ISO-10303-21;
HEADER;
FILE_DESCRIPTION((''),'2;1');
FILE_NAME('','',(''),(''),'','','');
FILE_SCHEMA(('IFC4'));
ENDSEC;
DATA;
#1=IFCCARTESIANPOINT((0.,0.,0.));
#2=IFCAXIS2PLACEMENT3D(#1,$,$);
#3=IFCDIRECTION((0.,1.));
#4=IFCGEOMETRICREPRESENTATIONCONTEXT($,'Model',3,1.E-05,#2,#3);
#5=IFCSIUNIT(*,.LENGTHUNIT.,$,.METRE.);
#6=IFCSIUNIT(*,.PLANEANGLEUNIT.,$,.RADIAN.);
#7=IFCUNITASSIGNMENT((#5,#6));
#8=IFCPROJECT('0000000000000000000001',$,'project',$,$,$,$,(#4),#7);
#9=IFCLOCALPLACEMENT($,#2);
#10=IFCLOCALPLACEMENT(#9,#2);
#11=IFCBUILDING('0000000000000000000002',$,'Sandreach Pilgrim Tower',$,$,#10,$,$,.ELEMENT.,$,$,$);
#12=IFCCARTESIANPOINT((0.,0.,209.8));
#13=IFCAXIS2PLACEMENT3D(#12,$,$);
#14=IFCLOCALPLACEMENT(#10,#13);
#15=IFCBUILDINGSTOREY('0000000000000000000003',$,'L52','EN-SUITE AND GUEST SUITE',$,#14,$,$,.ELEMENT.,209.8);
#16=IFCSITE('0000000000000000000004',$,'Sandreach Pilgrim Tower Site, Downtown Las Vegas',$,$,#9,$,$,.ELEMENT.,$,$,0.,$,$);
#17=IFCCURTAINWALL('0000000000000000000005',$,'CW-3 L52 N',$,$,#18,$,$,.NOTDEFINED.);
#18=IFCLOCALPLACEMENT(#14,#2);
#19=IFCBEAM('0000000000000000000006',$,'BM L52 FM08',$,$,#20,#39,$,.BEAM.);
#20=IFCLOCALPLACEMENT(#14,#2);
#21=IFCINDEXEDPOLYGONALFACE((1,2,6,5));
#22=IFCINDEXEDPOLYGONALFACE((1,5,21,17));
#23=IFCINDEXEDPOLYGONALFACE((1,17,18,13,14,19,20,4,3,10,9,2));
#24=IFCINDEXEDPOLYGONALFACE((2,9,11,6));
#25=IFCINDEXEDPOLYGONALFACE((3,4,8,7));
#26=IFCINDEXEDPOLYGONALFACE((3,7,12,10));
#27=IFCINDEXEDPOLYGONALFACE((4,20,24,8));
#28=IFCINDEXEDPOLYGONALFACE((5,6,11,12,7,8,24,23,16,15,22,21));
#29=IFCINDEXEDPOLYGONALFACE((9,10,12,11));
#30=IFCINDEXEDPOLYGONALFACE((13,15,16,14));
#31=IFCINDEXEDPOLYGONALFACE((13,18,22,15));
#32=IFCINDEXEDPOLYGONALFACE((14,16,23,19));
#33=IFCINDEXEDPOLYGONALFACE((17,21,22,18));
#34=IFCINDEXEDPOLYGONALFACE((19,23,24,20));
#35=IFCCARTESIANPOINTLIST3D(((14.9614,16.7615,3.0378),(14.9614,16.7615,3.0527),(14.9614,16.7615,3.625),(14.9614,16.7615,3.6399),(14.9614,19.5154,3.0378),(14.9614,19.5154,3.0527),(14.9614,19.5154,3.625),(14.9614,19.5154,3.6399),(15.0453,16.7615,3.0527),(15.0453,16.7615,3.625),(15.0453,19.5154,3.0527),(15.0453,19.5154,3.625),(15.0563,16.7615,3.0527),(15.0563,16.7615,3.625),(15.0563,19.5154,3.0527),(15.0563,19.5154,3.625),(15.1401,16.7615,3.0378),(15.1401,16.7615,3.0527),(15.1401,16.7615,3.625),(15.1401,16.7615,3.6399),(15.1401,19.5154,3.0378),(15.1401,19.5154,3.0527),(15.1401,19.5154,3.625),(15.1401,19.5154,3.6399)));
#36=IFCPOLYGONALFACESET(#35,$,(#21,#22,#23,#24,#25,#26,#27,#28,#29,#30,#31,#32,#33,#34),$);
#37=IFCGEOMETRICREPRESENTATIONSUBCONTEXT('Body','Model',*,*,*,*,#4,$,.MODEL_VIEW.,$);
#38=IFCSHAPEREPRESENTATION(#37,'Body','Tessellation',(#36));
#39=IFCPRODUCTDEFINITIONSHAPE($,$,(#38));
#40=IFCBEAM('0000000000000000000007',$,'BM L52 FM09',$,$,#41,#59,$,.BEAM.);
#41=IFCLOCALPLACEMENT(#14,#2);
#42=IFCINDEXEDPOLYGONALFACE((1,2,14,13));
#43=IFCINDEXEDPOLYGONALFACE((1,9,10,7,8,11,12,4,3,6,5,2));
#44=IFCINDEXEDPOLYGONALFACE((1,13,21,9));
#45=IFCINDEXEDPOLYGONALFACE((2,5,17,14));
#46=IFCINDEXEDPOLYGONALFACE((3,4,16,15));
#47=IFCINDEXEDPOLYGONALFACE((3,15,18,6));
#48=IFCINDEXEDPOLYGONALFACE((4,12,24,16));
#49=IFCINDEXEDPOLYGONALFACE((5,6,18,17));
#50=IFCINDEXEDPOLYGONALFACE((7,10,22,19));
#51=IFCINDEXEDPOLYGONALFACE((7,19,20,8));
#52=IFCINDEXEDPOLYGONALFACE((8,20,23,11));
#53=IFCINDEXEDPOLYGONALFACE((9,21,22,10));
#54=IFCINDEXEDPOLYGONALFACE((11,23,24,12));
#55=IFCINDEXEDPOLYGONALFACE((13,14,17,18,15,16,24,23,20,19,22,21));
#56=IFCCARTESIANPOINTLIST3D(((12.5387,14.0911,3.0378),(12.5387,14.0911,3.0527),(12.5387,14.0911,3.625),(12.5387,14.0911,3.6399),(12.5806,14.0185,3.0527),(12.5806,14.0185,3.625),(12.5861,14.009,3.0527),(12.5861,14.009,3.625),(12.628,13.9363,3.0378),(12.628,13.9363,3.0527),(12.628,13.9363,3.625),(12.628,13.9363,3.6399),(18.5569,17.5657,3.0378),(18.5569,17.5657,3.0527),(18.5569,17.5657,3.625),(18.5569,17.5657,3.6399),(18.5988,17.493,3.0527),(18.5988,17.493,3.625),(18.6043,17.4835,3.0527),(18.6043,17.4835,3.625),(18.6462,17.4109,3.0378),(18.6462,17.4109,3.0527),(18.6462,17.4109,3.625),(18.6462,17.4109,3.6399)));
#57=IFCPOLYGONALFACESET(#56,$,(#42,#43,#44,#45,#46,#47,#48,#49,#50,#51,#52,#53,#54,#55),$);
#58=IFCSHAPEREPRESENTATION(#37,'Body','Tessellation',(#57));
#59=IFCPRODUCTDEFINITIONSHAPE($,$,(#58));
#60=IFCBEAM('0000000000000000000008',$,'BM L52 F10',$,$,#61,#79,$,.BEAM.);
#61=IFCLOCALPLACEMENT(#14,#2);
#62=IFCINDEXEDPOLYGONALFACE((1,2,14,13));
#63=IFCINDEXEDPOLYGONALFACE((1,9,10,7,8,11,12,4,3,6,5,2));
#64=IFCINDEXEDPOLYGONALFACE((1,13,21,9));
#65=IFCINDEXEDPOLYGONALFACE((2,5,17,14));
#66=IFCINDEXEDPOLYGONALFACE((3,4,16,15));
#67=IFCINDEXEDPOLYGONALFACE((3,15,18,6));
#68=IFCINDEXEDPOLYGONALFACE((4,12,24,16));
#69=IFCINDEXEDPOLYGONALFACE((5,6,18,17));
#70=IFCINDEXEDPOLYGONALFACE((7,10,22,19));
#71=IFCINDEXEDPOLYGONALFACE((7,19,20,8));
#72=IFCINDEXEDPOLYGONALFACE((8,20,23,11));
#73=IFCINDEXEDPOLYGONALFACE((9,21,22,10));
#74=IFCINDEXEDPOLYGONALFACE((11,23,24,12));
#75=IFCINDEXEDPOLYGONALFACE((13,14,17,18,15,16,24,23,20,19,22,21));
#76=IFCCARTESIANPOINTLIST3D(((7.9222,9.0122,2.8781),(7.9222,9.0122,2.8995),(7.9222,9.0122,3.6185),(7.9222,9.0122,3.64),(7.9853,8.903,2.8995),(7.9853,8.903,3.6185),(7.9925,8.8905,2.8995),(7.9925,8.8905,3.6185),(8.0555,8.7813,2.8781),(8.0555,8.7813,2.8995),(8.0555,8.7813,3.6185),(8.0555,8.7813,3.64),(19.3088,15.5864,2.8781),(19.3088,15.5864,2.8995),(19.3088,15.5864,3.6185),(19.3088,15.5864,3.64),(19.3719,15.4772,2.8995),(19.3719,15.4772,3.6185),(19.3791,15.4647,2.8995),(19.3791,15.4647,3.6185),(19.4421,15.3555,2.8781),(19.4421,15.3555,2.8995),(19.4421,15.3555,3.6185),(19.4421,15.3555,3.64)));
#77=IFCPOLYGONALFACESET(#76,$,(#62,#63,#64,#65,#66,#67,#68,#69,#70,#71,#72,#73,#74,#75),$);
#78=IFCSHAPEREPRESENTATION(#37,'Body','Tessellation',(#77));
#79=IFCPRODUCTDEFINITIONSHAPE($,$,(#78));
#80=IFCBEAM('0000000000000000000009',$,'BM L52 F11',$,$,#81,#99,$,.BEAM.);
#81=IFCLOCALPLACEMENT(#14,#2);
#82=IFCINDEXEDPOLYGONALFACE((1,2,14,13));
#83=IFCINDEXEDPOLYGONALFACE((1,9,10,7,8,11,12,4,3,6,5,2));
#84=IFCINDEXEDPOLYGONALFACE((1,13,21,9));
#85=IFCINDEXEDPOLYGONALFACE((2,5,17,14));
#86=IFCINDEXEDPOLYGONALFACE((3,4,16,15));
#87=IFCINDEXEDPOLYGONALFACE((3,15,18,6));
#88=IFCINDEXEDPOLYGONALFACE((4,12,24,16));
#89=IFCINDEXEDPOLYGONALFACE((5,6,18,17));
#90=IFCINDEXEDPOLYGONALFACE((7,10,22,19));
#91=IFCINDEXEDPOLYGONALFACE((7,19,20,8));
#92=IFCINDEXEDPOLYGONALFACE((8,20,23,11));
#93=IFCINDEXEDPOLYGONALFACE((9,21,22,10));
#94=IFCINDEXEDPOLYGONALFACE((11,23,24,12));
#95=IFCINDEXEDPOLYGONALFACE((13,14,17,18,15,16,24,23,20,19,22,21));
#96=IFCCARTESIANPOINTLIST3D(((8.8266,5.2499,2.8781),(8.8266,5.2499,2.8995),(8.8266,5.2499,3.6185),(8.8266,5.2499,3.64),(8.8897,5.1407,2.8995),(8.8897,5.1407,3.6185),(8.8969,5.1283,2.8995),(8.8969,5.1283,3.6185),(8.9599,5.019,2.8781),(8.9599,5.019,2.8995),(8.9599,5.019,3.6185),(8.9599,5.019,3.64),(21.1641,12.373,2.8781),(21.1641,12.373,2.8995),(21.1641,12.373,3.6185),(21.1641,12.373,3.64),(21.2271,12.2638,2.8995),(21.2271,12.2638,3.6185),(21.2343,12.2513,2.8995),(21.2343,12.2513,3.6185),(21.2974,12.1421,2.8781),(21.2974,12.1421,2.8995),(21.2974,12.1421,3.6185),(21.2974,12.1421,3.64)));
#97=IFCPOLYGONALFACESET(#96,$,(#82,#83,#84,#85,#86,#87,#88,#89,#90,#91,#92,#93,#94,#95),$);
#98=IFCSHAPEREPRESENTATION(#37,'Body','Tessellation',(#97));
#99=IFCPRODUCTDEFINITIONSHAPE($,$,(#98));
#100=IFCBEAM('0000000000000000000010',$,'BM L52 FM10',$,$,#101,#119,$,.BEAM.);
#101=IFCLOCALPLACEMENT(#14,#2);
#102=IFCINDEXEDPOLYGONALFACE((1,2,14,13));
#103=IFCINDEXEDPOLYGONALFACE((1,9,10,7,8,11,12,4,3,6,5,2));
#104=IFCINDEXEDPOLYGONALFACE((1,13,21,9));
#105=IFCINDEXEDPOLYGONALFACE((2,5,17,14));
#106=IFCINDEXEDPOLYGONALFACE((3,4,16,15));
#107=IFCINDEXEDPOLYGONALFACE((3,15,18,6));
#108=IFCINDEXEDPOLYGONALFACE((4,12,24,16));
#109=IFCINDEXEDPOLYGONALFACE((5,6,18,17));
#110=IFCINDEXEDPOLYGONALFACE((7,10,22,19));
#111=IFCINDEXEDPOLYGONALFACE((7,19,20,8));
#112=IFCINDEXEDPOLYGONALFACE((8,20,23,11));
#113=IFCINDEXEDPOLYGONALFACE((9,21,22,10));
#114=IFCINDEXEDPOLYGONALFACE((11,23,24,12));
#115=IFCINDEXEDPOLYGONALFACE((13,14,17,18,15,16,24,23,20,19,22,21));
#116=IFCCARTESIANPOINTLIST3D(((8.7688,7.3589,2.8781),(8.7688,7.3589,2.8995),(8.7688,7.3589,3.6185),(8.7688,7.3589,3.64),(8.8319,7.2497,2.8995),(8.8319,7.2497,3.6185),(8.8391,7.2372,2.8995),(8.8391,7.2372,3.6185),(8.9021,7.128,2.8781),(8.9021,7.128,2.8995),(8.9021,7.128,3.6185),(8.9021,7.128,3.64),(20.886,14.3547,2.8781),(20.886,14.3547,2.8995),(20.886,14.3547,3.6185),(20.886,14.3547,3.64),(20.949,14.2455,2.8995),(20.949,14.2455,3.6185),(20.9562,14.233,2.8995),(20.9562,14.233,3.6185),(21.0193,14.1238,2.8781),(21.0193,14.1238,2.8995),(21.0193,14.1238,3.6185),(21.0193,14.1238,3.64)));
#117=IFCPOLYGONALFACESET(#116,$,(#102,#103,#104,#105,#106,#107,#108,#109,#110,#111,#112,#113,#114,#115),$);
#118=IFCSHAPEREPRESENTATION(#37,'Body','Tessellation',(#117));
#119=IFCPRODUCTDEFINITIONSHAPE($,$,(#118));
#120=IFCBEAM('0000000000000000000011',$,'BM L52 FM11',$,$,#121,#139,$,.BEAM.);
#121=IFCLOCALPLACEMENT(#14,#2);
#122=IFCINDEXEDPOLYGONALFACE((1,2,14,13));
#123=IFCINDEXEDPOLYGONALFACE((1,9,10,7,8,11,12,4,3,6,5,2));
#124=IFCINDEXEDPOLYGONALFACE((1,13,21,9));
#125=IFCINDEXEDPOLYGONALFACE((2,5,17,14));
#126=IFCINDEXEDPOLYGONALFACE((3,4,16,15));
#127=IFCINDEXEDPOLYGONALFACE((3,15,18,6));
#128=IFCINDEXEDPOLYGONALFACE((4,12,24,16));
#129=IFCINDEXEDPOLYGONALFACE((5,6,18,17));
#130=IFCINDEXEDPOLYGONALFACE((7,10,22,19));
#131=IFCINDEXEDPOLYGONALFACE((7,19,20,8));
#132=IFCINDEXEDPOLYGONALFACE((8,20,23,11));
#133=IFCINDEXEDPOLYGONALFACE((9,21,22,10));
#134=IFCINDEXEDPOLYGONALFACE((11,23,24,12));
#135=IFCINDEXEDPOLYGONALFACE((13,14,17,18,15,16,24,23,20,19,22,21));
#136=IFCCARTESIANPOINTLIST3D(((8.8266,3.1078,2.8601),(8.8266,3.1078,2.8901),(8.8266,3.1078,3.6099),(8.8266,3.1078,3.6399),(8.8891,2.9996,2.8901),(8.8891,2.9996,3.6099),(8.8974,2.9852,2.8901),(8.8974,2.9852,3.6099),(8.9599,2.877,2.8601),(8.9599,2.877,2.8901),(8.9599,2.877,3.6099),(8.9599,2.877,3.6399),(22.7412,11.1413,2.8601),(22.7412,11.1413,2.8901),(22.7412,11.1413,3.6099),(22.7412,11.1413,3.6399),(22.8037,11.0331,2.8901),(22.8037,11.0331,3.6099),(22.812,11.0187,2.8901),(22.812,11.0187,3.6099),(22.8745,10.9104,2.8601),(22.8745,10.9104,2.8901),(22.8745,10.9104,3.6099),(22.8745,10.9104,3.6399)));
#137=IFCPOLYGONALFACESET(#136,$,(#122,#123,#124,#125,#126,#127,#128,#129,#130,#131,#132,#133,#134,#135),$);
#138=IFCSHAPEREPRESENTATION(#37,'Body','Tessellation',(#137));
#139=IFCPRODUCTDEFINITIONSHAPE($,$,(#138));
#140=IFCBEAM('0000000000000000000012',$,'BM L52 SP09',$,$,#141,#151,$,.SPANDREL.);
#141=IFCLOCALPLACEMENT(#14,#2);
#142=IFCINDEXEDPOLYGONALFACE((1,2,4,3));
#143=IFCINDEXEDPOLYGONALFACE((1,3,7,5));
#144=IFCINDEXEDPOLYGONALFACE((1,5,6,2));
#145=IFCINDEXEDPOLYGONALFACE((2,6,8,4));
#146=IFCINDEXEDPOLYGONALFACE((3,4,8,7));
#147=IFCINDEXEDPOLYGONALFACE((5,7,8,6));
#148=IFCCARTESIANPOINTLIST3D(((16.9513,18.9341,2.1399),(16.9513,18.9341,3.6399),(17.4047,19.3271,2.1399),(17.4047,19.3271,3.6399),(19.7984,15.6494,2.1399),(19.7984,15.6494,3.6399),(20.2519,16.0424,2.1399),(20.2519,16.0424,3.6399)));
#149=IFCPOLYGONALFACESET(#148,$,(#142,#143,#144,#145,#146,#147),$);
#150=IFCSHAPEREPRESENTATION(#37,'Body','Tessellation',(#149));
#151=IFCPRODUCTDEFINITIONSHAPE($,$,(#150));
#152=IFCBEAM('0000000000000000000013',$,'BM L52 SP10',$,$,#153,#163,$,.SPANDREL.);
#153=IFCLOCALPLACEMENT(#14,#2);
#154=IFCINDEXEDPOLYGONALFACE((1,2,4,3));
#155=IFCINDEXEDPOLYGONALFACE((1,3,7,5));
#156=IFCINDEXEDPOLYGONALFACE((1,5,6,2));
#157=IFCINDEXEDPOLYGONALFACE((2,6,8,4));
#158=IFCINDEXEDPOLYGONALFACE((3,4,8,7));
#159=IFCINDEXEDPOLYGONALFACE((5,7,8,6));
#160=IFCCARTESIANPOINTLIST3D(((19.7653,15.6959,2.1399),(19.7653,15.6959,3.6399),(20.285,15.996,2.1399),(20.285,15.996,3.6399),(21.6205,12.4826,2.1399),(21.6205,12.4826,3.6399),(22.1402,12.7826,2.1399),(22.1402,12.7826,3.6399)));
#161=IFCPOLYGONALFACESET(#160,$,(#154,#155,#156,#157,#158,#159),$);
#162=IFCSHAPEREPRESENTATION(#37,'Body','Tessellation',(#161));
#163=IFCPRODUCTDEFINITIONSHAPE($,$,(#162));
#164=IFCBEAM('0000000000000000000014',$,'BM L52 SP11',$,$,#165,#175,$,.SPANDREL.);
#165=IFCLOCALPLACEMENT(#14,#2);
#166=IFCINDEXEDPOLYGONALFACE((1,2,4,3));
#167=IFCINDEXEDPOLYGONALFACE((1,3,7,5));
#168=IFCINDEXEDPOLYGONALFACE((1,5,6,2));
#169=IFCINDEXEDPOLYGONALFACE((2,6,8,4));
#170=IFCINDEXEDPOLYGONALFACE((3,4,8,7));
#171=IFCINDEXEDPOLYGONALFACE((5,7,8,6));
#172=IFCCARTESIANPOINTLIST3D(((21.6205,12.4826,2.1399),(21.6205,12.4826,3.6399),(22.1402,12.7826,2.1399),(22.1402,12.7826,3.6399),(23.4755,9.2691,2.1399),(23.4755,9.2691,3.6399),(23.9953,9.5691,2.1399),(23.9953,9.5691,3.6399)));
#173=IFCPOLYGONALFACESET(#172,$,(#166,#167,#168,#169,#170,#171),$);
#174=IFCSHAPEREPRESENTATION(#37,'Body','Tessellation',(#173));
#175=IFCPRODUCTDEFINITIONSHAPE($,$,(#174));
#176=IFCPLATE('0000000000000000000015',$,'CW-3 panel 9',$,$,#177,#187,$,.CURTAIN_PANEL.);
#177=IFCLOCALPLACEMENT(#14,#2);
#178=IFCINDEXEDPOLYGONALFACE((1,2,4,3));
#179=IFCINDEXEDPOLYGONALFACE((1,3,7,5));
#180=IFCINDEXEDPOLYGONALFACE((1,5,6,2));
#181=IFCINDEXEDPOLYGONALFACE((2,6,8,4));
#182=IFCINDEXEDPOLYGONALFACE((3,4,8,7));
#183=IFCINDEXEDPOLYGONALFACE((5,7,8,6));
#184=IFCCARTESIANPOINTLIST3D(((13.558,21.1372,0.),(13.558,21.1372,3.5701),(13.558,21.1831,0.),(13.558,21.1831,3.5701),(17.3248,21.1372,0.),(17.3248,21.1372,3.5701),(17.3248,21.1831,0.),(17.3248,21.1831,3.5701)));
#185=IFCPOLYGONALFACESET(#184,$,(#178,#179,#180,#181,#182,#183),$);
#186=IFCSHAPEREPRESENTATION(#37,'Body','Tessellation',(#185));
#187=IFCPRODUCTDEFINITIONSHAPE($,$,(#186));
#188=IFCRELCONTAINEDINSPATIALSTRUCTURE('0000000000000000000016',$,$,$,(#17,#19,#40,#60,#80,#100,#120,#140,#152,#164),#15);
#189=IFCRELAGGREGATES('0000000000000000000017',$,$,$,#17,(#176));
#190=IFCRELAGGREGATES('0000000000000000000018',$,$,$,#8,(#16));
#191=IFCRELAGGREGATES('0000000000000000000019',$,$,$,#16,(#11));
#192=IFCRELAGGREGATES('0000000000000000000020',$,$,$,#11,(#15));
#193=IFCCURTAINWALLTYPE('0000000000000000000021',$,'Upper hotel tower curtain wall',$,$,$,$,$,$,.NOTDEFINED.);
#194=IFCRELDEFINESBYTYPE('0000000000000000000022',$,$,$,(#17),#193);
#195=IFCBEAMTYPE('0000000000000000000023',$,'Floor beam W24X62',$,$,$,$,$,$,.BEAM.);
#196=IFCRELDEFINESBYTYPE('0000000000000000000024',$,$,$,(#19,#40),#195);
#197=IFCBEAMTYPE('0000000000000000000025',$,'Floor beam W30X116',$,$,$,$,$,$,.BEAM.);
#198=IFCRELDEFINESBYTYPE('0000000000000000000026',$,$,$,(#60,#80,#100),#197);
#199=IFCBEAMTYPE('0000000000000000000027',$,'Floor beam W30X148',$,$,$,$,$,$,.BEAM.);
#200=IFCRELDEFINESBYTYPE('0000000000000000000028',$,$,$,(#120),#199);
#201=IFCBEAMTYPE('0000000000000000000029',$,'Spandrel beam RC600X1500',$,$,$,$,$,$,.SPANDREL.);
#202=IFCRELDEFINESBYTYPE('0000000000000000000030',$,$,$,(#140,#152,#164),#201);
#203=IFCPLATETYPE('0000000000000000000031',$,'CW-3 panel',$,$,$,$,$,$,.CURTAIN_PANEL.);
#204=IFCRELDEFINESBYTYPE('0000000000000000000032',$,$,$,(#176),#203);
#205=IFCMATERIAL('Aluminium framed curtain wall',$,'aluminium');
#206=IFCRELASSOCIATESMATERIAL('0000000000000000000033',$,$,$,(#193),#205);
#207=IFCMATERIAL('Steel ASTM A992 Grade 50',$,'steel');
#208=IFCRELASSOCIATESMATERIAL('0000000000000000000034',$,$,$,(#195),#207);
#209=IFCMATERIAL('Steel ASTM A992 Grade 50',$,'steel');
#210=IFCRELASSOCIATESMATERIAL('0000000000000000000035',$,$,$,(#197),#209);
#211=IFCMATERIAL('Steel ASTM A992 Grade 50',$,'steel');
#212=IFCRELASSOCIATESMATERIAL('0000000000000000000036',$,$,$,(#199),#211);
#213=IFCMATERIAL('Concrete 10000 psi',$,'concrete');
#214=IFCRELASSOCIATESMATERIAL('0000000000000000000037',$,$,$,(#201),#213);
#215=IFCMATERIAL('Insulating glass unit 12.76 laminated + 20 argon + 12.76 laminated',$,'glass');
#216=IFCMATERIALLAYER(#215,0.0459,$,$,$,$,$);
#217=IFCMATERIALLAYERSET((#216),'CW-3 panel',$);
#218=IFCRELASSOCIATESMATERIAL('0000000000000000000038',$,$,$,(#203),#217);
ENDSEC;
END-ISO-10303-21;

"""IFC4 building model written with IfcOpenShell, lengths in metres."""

from ifc_helpers import new_model, si_unit, direction, frame, origin, origin_2d, place, context, subcontext, project, spatial, rectangle, i_section, extrude, material, layer, layer_set, material_profile, profile_set, type_object, element, aggregate, save


model = new_model("IFC4")

# Units and contexts
model_context = context("Model", 3, precision=1e-05, world=origin(), true_north=direction((0.0, 1.0)))
body_context = subcontext(model_context, "Body", "Model", "MODEL_VIEW")
ifc_project = project(units=[si_unit("LENGTHUNIT", "METRE"), si_unit("PLANEANGLEUNIT", "RADIAN")], contexts=[model_context])

# Site, building, storey
site_placement = place(None, origin())
site = spatial("IfcSite", under=ifc_project, at=site_placement, Name="Sandreach Pilgrim Tower Site, Downtown Las Vegas", CompositionType="ELEMENT", RefElevation=0.0)
building_placement = place(site_placement, origin())
building = spatial("IfcBuilding", under=site, at=building_placement, Name="Sandreach Pilgrim Tower", CompositionType="ELEMENT")
storey_placement = place(building_placement, frame((0.0, 0.0, 209.8)))
storey = spatial("IfcBuildingStorey", under=building, at=storey_placement, Name="L52", Description="EN-SUITE AND GUEST SUITE", CompositionType="ELEMENT", Elevation=209.8)

# Curtain wall
ifc_material_1 = material(Name="Aluminium framed curtain wall", Category="aluminium")
curtain_wall_type = type_object("IfcCurtainWallType", Name="Upper hotel tower curtain wall", PredefinedType="NOTDEFINED", material=ifc_material_1)
curtain_wall_1_placement = place(storey_placement, origin())
curtain_wall_1 = element("IfcCurtainWall", 1, at=curtain_wall_1_placement, inside=storey, type_object=curtain_wall_type, Name="CW-3 L52 N", PredefinedType="NOTDEFINED")

# Beams
ifc_material_2 = material(Name="Steel ASTM A992 Grade 50", Category="steel")
ifc_material_profile_1 = material_profile(ifc_material_2, i_section(OverallWidth=0.1787, OverallDepth=0.6021, WebThickness=0.011, FlangeThickness=0.0149, at=origin_2d()), Name="W24X62")
ifc_profile_set_1 = profile_set([ifc_material_profile_1], Name="Steel ASTM A992 Grade 50")
beam_type_1 = type_object("IfcBeamType", Name="Floor beam W24X62", PredefinedType="BEAM", material=ifc_profile_set_1)
beam_1_placement = place(storey_placement, frame((15.0508, 19.5154, 3.3389), z_axis=(0.0, -1.0, 0.0), x_axis=(1.0, 0.0, 0.0)))
element("IfcBeam", 2, at=beam_1_placement, inside=storey, type_object=beam_type_1, Name="BM L52 FM08", PredefinedType="BEAM", context=body_context, shape_type="SweptSolid", body=[
    extrude(i_section(OverallWidth=0.1787, OverallDepth=0.6021, WebThickness=0.011, FlangeThickness=0.0149, at=origin_2d()), origin(), (0.0, 0.0, 1.0), 2.7539),
])
beam_2_placement = place(storey_placement, frame((18.6016, 17.4883, 3.3389), z_axis=(-0.866029, -0.499993, 0.0), x_axis=(0.499993, -0.866029, 0.0)))
element("IfcBeam", 3, at=beam_2_placement, inside=storey, type_object=beam_type_1, Name="BM L52 FM09", PredefinedType="BEAM", context=body_context, shape_type="SweptSolid", body=[
    extrude(i_section(OverallWidth=0.1787, OverallDepth=0.6021, WebThickness=0.011, FlangeThickness=0.0149, at=origin_2d()), origin(), (0.0, 0.0, 1.0), 6.9492),
])
ifc_material_3 = material(Name="Steel ASTM A992 Grade 50", Category="steel")
ifc_material_profile_2 = material_profile(ifc_material_3, i_section(OverallWidth=0.2666, OverallDepth=0.762, WebThickness=0.0144, FlangeThickness=0.0215, at=origin_2d()), Name="W30X116")
ifc_profile_set_2 = profile_set([ifc_material_profile_2], Name="Steel ASTM A992 Grade 50")
beam_type_2 = type_object("IfcBeamType", Name="Floor beam W30X116", PredefinedType="BEAM", material=ifc_profile_set_2)
beam_3_placement = place(storey_placement, frame((19.3755, 15.4709, 3.259), z_axis=(-0.866022, -0.500005, 0.0), x_axis=(0.500005, -0.866022, 0.0)))
element("IfcBeam", 4, at=beam_3_placement, inside=storey, type_object=beam_type_2, Name="BM L52 F10", PredefinedType="BEAM", context=body_context, shape_type="SweptSolid", body=[
    extrude(i_section(OverallWidth=0.2666, OverallDepth=0.762, WebThickness=0.0144, FlangeThickness=0.0215, at=origin_2d()), origin(), (0.0, 0.0, 1.0), 13.1482),
])
beam_4_placement = place(storey_placement, frame((21.2307, 12.2576, 3.259), z_axis=(-0.866024, -0.500002, 0.0), x_axis=(0.500002, -0.866024, 0.0)))
element("IfcBeam", 5, at=beam_4_placement, inside=storey, type_object=beam_type_2, Name="BM L52 F11", PredefinedType="BEAM", context=body_context, shape_type="SweptSolid", body=[
    extrude(i_section(OverallWidth=0.2666, OverallDepth=0.762, WebThickness=0.0144, FlangeThickness=0.0215, at=origin_2d()), origin(), (0.0, 0.0, 1.0), 14.2461),
])
beam_5_placement = place(storey_placement, frame((20.9526, 14.2393, 3.259), z_axis=(-0.866026, -0.499999, 0.0), x_axis=(0.499999, -0.866026, 0.0)))
element("IfcBeam", 6, at=beam_5_placement, inside=storey, type_object=beam_type_2, Name="BM L52 FM10", PredefinedType="BEAM", context=body_context, shape_type="SweptSolid", body=[
    extrude(i_section(OverallWidth=0.2666, OverallDepth=0.762, WebThickness=0.0144, FlangeThickness=0.0215, at=origin_2d()), origin(), (0.0, 0.0, 1.0), 13.9917),
])
ifc_material_4 = material(Name="Steel ASTM A992 Grade 50", Category="steel")
ifc_material_profile_3 = material_profile(ifc_material_4, i_section(OverallWidth=0.2666, OverallDepth=0.7798, WebThickness=0.0166, FlangeThickness=0.03, at=origin_2d()), Name="W30X148")
ifc_profile_set_3 = profile_set([ifc_material_profile_3], Name="Steel ASTM A992 Grade 50")
beam_type_3 = type_object("IfcBeamType", Name="Floor beam W30X148", PredefinedType="BEAM", material=ifc_profile_set_3)
beam_6_placement = place(storey_placement, frame((22.8079, 11.0259, 3.25), z_axis=(-0.866029, -0.499994, 0.0), x_axis=(0.499994, -0.866029, 0.0)))
element("IfcBeam", 7, at=beam_6_placement, inside=storey, type_object=beam_type_3, Name="BM L52 FM11", PredefinedType="BEAM", context=body_context, shape_type="SweptSolid", body=[
    extrude(i_section(OverallWidth=0.2666, OverallDepth=0.7798, WebThickness=0.0166, FlangeThickness=0.03, at=origin_2d()), origin(), (0.0, 0.0, 1.0), 16.0671),
])
ifc_material_5 = material(Name="Concrete 10000 psi", Category="concrete")
ifc_material_profile_4 = material_profile(ifc_material_5, rectangle(XDim=0.6001, YDim=1.5, at=origin_2d()), Name="RC600X1500")
ifc_profile_set_4 = profile_set([ifc_material_profile_4], Name="Concrete 10000 psi")
beam_type_4 = type_object("IfcBeamType", Name="Spandrel beam RC600X1500", PredefinedType="SPANDREL", material=ifc_profile_set_4)
beam_7_placement = place(storey_placement, frame((17.178, 19.1306, 2.8899), z_axis=(0.65499, -0.755637, 0.0), x_axis=(0.755637, 0.65499, 0.0)))
element("IfcBeam", 8, at=beam_7_placement, inside=storey, type_object=beam_type_4, Name="BM L52 SP09", PredefinedType="SPANDREL", context=body_context, shape_type="SweptSolid", body=[
    extrude(rectangle(XDim=0.6001, YDim=1.5, at=origin_2d()), origin(), (0.0, 0.0, 1.0), 4.3469),
])
for number, where, z_axis, x_axis, name in (
    (9, (20.0251, 15.8459, 2.8899), (0.499996, -0.866028, 0.0), (0.866028, 0.499996, 0.0), "BM L52 SP10"),
    (10, (21.8804, 12.6326, 2.8899), (0.499946, -0.866056, 0.0), (0.866056, 0.499946, 0.0), "BM L52 SP11"),
):
    element("IfcBeam", number, at=place(storey_placement, frame(where, z_axis=z_axis, x_axis=x_axis)), inside=storey, type_object=beam_type_4, Name=name, PredefinedType="SPANDREL", context=body_context, shape_type="SweptSolid", body=[
        extrude(rectangle(XDim=0.6001, YDim=1.5, at=origin_2d()), origin(), (0.0, 0.0, 1.0), 3.7104),
    ])

# Plate
ifc_material_6 = material(Name="Insulating glass unit 12.76 laminated + 20 argon + 12.76 laminated", Category="glass")
ifc_layer_1 = layer(ifc_material_6, 0.0459)
ifc_layer_set_1 = layer_set([ifc_layer_1], Name="CW-3 panel")
plate_type = type_object("IfcPlateType", Name="CW-3 panel", PredefinedType="CURTAIN_PANEL", material=ifc_layer_set_1)
plate_1_placement = place(storey_placement, frame((15.4414, 21.1602, 0.0), z_axis=(0.0, 0.0, 1.0), x_axis=(1.0, 0.0, 0.0)))
plate_1 = element("IfcPlate", 11, at=plate_1_placement, type_object=plate_type, Name="CW-3 panel 9", PredefinedType="CURTAIN_PANEL", context=body_context, shape_type="SweptSolid", body=[
    extrude(rectangle(XDim=3.7668, YDim=0.0459, at=origin_2d()), origin(), (0.0, 0.0, 1.0), 3.5701),
])
aggregate(curtain_wall_1, [plate_1])

save(model, "model.ifc")
